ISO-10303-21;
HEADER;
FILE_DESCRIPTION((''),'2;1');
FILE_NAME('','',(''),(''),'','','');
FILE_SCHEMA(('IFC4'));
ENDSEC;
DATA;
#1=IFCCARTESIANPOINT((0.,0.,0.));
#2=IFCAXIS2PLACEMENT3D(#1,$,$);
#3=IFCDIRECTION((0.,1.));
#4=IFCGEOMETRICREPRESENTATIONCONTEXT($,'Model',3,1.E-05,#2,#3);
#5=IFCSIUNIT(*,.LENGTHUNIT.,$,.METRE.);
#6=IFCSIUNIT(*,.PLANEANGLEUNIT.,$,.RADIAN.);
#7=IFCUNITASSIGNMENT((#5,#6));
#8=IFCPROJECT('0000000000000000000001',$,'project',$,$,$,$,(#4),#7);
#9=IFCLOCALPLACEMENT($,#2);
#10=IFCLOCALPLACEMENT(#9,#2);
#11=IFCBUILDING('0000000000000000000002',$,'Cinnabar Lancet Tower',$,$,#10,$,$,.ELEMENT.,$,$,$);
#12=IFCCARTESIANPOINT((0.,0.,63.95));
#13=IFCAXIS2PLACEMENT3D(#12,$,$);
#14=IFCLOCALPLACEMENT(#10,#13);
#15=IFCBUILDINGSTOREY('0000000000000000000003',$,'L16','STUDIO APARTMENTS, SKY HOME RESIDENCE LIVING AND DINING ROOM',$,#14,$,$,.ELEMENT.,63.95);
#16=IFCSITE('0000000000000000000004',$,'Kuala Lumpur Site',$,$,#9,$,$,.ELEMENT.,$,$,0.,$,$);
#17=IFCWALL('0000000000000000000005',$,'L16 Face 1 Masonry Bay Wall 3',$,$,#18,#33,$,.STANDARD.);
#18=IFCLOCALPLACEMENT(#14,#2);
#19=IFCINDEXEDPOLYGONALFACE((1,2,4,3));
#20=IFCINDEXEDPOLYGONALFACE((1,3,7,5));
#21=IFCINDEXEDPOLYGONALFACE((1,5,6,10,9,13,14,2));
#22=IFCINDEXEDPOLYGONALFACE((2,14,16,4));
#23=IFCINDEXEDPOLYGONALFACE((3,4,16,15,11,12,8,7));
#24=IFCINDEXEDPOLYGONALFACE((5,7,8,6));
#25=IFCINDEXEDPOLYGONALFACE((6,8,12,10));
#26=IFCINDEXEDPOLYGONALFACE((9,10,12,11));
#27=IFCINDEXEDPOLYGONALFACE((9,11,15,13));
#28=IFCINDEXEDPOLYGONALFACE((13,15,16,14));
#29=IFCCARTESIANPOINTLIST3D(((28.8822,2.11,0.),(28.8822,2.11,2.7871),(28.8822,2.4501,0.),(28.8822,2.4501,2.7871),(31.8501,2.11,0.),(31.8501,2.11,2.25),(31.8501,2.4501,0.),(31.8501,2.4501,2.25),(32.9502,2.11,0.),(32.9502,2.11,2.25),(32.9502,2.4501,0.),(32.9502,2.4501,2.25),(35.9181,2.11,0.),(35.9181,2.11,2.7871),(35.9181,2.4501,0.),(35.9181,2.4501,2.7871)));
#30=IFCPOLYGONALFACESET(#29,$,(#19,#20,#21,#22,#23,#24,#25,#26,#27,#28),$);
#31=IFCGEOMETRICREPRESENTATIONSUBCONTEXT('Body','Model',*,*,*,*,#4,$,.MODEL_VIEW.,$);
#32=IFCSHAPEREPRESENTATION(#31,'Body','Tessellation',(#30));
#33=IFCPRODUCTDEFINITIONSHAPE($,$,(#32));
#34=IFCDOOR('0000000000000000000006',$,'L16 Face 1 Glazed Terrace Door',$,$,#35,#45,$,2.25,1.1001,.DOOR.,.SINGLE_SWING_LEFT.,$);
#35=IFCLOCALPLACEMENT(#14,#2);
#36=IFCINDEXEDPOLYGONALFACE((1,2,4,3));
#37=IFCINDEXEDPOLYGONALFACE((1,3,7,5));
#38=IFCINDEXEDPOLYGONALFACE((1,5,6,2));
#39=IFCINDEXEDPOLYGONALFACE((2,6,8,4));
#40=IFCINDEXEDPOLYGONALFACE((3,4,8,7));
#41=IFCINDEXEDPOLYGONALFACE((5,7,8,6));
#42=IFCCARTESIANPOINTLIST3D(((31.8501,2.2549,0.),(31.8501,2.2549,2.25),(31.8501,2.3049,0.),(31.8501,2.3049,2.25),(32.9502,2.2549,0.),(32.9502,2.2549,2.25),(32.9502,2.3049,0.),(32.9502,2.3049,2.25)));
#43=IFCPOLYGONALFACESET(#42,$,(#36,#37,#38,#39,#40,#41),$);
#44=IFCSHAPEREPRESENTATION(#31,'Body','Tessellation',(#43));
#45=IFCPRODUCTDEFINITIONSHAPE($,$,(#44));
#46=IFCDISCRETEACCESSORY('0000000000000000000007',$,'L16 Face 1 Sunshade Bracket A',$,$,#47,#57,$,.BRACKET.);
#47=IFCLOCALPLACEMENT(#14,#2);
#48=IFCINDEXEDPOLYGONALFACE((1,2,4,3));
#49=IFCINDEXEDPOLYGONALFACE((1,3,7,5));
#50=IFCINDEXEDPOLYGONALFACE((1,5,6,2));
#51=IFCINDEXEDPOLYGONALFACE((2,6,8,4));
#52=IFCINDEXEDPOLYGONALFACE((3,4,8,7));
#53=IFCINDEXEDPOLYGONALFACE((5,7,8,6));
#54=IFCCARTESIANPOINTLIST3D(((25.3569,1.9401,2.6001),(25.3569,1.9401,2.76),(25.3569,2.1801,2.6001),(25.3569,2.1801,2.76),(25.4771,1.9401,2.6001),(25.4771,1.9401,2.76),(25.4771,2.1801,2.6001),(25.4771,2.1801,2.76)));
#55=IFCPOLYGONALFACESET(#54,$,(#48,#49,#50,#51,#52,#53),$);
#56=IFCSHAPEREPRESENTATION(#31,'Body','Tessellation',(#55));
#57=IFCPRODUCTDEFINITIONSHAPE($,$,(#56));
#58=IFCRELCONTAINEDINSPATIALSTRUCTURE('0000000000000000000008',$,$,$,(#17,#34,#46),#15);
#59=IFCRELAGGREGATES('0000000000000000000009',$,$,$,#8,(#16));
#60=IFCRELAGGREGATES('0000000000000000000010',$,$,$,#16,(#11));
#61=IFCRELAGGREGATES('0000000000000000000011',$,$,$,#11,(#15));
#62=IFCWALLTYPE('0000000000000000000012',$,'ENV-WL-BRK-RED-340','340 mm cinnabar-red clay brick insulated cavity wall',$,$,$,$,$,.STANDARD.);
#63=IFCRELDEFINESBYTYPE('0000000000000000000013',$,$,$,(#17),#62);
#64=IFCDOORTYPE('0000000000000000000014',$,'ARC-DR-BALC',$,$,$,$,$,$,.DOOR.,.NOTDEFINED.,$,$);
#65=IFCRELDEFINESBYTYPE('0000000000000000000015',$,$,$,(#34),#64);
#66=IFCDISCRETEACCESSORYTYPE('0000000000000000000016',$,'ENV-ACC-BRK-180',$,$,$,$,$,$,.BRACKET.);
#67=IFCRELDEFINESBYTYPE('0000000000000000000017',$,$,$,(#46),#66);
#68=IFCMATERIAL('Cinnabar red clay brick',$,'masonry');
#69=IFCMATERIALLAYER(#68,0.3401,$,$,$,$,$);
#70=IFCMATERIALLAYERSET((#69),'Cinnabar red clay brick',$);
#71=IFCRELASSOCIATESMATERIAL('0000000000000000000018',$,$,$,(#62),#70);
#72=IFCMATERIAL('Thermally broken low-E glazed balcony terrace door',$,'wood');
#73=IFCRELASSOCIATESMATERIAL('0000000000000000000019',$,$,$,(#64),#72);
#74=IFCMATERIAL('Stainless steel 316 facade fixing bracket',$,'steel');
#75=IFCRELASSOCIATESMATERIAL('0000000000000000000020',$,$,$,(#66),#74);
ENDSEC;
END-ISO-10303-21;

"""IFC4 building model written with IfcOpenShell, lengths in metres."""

from ifc_helpers import new_model, si_unit, direction, frame, frame_2d, origin, origin_2d, place, context, subcontext, project, spatial, rectangle, extrude, material, layer, layer_set, type_object, element, fill, save


model = new_model("IFC4")

# Units and contexts
model_context = context("Model", 3, precision=1e-05, world=origin(), true_north=direction((0.0, 1.0)))
body_context = subcontext(model_context, "Body", "Model", "MODEL_VIEW")
ifc_project = project(units=[si_unit("LENGTHUNIT", "METRE"), si_unit("PLANEANGLEUNIT", "RADIAN")], contexts=[model_context])

# Site, building, storey
site_placement = place(None, origin())
site = spatial("IfcSite", under=ifc_project, at=site_placement, Name="Kuala Lumpur Site", CompositionType="ELEMENT", RefElevation=0.0)
building_placement = place(site_placement, origin())
building = spatial("IfcBuilding", under=site, at=building_placement, Name="Cinnabar Lancet Tower", CompositionType="ELEMENT")
storey_placement = place(building_placement, frame((0.0, 0.0, 63.95)))
storey = spatial("IfcBuildingStorey", under=building, at=storey_placement, Name="L16", Description="STUDIO APARTMENTS, SKY HOME RESIDENCE LIVING AND DINING ROOM", CompositionType="ELEMENT", Elevation=63.95)

# Shared definitions
ifc_material_1 = material(Name="Cinnabar red clay brick", Category="masonry")
ifc_layer_1 = layer(ifc_material_1, 0.3401)
ifc_layer_set_1 = layer_set([ifc_layer_1], Name="Cinnabar red clay brick")
wall_type_1 = type_object("IfcWallType", Name="ENV-WL-BRK-RED-340", Description="340 mm cinnabar-red clay brick insulated cavity wall", PredefinedType="STANDARD", material=ifc_layer_set_1)

# Wall, opening, door
wall_1_placement = place(storey_placement, frame((28.8821, 2.28, 0.0), z_axis=(0.0, 0.0, 1.0), x_axis=(1.0, 0.0, 0.0)))
wall_1 = element("IfcWall", 1, at=wall_1_placement, inside=storey, type_object=wall_type_1, Name="L16 Face 1 Masonry Bay Wall 3", PredefinedType="STANDARD", context=body_context, shape_type="SweptSolid", body=[
    extrude(rectangle(XDim=7.0359, YDim=0.3401, at=frame_2d((3.5181, 0.0))), origin(), (0.0, 0.0, 1.0), 2.7871),
])
opening_1_placement = place(wall_1_placement, frame((2.968, 0.0, 0.0)))
opening_1 = element("IfcOpeningElement", 2, at=opening_1_placement, cuts=wall_1, PredefinedType="OPENING", context=body_context, shape_type="SweptSolid", body=[
    extrude(rectangle(XDim=1.1001, YDim=2.25, at=frame_2d((0.55, 1.125))), frame((0.0, 0.1799, 0.0), z_axis=(0.0, -1.0, 0.0), x_axis=(1.0, 0.0, 0.0)), (0.0, 0.0, 1.0), 0.3601),
])
ifc_material_2 = material(Name="Thermally broken low-E glazed balcony terrace door", Category="wood")
door_type_1 = type_object("IfcDoorType", Name="ARC-DR-BALC", OperationType="NOTDEFINED", PredefinedType="DOOR", material=ifc_material_2)
door_1_placement = place(opening_1_placement, origin())
door_1 = element("IfcDoor", 3, at=door_1_placement, inside=storey, type_object=door_type_1, Name="L16 Face 1 Glazed Terrace Door", OperationType="SINGLE_SWING_LEFT", OverallHeight=2.25, OverallWidth=1.1001, PredefinedType="DOOR", context=body_context, shape_type="SweptSolid", body=[
    extrude(rectangle(XDim=1.1001, YDim=2.25, at=frame_2d((0.55, 1.125))), frame((0.0, 0.0249, 0.0), z_axis=(0.0, -1.0, 0.0), x_axis=(1.0, 0.0, 0.0)), (0.0, 0.0, 1.0), 0.05),
])
fill(opening_1, door_1)

# Discrete accessory
ifc_material_3 = material(Name="Stainless steel 316 facade fixing bracket", Category="steel")
discrete_accessory_type = type_object("IfcDiscreteAccessoryType", Name="ENV-ACC-BRK-180", PredefinedType="BRACKET", material=ifc_material_3)
discrete_accessory_placement = place(storey_placement, frame((25.417, 2.0601, 2.6001), z_axis=(0.0, 0.0, 1.0), x_axis=(1.0, 0.0, 0.0)))
element("IfcDiscreteAccessory", 4, at=discrete_accessory_placement, inside=storey, type_object=discrete_accessory_type, Name="L16 Face 1 Sunshade Bracket A", PredefinedType="BRACKET", context=body_context, shape_type="SweptSolid", body=[
    extrude(rectangle(XDim=0.1201, YDim=0.24, at=origin_2d()), origin(), (0.0, 0.0, 1.0), 0.1599),
])

save(model, "model.ifc")
